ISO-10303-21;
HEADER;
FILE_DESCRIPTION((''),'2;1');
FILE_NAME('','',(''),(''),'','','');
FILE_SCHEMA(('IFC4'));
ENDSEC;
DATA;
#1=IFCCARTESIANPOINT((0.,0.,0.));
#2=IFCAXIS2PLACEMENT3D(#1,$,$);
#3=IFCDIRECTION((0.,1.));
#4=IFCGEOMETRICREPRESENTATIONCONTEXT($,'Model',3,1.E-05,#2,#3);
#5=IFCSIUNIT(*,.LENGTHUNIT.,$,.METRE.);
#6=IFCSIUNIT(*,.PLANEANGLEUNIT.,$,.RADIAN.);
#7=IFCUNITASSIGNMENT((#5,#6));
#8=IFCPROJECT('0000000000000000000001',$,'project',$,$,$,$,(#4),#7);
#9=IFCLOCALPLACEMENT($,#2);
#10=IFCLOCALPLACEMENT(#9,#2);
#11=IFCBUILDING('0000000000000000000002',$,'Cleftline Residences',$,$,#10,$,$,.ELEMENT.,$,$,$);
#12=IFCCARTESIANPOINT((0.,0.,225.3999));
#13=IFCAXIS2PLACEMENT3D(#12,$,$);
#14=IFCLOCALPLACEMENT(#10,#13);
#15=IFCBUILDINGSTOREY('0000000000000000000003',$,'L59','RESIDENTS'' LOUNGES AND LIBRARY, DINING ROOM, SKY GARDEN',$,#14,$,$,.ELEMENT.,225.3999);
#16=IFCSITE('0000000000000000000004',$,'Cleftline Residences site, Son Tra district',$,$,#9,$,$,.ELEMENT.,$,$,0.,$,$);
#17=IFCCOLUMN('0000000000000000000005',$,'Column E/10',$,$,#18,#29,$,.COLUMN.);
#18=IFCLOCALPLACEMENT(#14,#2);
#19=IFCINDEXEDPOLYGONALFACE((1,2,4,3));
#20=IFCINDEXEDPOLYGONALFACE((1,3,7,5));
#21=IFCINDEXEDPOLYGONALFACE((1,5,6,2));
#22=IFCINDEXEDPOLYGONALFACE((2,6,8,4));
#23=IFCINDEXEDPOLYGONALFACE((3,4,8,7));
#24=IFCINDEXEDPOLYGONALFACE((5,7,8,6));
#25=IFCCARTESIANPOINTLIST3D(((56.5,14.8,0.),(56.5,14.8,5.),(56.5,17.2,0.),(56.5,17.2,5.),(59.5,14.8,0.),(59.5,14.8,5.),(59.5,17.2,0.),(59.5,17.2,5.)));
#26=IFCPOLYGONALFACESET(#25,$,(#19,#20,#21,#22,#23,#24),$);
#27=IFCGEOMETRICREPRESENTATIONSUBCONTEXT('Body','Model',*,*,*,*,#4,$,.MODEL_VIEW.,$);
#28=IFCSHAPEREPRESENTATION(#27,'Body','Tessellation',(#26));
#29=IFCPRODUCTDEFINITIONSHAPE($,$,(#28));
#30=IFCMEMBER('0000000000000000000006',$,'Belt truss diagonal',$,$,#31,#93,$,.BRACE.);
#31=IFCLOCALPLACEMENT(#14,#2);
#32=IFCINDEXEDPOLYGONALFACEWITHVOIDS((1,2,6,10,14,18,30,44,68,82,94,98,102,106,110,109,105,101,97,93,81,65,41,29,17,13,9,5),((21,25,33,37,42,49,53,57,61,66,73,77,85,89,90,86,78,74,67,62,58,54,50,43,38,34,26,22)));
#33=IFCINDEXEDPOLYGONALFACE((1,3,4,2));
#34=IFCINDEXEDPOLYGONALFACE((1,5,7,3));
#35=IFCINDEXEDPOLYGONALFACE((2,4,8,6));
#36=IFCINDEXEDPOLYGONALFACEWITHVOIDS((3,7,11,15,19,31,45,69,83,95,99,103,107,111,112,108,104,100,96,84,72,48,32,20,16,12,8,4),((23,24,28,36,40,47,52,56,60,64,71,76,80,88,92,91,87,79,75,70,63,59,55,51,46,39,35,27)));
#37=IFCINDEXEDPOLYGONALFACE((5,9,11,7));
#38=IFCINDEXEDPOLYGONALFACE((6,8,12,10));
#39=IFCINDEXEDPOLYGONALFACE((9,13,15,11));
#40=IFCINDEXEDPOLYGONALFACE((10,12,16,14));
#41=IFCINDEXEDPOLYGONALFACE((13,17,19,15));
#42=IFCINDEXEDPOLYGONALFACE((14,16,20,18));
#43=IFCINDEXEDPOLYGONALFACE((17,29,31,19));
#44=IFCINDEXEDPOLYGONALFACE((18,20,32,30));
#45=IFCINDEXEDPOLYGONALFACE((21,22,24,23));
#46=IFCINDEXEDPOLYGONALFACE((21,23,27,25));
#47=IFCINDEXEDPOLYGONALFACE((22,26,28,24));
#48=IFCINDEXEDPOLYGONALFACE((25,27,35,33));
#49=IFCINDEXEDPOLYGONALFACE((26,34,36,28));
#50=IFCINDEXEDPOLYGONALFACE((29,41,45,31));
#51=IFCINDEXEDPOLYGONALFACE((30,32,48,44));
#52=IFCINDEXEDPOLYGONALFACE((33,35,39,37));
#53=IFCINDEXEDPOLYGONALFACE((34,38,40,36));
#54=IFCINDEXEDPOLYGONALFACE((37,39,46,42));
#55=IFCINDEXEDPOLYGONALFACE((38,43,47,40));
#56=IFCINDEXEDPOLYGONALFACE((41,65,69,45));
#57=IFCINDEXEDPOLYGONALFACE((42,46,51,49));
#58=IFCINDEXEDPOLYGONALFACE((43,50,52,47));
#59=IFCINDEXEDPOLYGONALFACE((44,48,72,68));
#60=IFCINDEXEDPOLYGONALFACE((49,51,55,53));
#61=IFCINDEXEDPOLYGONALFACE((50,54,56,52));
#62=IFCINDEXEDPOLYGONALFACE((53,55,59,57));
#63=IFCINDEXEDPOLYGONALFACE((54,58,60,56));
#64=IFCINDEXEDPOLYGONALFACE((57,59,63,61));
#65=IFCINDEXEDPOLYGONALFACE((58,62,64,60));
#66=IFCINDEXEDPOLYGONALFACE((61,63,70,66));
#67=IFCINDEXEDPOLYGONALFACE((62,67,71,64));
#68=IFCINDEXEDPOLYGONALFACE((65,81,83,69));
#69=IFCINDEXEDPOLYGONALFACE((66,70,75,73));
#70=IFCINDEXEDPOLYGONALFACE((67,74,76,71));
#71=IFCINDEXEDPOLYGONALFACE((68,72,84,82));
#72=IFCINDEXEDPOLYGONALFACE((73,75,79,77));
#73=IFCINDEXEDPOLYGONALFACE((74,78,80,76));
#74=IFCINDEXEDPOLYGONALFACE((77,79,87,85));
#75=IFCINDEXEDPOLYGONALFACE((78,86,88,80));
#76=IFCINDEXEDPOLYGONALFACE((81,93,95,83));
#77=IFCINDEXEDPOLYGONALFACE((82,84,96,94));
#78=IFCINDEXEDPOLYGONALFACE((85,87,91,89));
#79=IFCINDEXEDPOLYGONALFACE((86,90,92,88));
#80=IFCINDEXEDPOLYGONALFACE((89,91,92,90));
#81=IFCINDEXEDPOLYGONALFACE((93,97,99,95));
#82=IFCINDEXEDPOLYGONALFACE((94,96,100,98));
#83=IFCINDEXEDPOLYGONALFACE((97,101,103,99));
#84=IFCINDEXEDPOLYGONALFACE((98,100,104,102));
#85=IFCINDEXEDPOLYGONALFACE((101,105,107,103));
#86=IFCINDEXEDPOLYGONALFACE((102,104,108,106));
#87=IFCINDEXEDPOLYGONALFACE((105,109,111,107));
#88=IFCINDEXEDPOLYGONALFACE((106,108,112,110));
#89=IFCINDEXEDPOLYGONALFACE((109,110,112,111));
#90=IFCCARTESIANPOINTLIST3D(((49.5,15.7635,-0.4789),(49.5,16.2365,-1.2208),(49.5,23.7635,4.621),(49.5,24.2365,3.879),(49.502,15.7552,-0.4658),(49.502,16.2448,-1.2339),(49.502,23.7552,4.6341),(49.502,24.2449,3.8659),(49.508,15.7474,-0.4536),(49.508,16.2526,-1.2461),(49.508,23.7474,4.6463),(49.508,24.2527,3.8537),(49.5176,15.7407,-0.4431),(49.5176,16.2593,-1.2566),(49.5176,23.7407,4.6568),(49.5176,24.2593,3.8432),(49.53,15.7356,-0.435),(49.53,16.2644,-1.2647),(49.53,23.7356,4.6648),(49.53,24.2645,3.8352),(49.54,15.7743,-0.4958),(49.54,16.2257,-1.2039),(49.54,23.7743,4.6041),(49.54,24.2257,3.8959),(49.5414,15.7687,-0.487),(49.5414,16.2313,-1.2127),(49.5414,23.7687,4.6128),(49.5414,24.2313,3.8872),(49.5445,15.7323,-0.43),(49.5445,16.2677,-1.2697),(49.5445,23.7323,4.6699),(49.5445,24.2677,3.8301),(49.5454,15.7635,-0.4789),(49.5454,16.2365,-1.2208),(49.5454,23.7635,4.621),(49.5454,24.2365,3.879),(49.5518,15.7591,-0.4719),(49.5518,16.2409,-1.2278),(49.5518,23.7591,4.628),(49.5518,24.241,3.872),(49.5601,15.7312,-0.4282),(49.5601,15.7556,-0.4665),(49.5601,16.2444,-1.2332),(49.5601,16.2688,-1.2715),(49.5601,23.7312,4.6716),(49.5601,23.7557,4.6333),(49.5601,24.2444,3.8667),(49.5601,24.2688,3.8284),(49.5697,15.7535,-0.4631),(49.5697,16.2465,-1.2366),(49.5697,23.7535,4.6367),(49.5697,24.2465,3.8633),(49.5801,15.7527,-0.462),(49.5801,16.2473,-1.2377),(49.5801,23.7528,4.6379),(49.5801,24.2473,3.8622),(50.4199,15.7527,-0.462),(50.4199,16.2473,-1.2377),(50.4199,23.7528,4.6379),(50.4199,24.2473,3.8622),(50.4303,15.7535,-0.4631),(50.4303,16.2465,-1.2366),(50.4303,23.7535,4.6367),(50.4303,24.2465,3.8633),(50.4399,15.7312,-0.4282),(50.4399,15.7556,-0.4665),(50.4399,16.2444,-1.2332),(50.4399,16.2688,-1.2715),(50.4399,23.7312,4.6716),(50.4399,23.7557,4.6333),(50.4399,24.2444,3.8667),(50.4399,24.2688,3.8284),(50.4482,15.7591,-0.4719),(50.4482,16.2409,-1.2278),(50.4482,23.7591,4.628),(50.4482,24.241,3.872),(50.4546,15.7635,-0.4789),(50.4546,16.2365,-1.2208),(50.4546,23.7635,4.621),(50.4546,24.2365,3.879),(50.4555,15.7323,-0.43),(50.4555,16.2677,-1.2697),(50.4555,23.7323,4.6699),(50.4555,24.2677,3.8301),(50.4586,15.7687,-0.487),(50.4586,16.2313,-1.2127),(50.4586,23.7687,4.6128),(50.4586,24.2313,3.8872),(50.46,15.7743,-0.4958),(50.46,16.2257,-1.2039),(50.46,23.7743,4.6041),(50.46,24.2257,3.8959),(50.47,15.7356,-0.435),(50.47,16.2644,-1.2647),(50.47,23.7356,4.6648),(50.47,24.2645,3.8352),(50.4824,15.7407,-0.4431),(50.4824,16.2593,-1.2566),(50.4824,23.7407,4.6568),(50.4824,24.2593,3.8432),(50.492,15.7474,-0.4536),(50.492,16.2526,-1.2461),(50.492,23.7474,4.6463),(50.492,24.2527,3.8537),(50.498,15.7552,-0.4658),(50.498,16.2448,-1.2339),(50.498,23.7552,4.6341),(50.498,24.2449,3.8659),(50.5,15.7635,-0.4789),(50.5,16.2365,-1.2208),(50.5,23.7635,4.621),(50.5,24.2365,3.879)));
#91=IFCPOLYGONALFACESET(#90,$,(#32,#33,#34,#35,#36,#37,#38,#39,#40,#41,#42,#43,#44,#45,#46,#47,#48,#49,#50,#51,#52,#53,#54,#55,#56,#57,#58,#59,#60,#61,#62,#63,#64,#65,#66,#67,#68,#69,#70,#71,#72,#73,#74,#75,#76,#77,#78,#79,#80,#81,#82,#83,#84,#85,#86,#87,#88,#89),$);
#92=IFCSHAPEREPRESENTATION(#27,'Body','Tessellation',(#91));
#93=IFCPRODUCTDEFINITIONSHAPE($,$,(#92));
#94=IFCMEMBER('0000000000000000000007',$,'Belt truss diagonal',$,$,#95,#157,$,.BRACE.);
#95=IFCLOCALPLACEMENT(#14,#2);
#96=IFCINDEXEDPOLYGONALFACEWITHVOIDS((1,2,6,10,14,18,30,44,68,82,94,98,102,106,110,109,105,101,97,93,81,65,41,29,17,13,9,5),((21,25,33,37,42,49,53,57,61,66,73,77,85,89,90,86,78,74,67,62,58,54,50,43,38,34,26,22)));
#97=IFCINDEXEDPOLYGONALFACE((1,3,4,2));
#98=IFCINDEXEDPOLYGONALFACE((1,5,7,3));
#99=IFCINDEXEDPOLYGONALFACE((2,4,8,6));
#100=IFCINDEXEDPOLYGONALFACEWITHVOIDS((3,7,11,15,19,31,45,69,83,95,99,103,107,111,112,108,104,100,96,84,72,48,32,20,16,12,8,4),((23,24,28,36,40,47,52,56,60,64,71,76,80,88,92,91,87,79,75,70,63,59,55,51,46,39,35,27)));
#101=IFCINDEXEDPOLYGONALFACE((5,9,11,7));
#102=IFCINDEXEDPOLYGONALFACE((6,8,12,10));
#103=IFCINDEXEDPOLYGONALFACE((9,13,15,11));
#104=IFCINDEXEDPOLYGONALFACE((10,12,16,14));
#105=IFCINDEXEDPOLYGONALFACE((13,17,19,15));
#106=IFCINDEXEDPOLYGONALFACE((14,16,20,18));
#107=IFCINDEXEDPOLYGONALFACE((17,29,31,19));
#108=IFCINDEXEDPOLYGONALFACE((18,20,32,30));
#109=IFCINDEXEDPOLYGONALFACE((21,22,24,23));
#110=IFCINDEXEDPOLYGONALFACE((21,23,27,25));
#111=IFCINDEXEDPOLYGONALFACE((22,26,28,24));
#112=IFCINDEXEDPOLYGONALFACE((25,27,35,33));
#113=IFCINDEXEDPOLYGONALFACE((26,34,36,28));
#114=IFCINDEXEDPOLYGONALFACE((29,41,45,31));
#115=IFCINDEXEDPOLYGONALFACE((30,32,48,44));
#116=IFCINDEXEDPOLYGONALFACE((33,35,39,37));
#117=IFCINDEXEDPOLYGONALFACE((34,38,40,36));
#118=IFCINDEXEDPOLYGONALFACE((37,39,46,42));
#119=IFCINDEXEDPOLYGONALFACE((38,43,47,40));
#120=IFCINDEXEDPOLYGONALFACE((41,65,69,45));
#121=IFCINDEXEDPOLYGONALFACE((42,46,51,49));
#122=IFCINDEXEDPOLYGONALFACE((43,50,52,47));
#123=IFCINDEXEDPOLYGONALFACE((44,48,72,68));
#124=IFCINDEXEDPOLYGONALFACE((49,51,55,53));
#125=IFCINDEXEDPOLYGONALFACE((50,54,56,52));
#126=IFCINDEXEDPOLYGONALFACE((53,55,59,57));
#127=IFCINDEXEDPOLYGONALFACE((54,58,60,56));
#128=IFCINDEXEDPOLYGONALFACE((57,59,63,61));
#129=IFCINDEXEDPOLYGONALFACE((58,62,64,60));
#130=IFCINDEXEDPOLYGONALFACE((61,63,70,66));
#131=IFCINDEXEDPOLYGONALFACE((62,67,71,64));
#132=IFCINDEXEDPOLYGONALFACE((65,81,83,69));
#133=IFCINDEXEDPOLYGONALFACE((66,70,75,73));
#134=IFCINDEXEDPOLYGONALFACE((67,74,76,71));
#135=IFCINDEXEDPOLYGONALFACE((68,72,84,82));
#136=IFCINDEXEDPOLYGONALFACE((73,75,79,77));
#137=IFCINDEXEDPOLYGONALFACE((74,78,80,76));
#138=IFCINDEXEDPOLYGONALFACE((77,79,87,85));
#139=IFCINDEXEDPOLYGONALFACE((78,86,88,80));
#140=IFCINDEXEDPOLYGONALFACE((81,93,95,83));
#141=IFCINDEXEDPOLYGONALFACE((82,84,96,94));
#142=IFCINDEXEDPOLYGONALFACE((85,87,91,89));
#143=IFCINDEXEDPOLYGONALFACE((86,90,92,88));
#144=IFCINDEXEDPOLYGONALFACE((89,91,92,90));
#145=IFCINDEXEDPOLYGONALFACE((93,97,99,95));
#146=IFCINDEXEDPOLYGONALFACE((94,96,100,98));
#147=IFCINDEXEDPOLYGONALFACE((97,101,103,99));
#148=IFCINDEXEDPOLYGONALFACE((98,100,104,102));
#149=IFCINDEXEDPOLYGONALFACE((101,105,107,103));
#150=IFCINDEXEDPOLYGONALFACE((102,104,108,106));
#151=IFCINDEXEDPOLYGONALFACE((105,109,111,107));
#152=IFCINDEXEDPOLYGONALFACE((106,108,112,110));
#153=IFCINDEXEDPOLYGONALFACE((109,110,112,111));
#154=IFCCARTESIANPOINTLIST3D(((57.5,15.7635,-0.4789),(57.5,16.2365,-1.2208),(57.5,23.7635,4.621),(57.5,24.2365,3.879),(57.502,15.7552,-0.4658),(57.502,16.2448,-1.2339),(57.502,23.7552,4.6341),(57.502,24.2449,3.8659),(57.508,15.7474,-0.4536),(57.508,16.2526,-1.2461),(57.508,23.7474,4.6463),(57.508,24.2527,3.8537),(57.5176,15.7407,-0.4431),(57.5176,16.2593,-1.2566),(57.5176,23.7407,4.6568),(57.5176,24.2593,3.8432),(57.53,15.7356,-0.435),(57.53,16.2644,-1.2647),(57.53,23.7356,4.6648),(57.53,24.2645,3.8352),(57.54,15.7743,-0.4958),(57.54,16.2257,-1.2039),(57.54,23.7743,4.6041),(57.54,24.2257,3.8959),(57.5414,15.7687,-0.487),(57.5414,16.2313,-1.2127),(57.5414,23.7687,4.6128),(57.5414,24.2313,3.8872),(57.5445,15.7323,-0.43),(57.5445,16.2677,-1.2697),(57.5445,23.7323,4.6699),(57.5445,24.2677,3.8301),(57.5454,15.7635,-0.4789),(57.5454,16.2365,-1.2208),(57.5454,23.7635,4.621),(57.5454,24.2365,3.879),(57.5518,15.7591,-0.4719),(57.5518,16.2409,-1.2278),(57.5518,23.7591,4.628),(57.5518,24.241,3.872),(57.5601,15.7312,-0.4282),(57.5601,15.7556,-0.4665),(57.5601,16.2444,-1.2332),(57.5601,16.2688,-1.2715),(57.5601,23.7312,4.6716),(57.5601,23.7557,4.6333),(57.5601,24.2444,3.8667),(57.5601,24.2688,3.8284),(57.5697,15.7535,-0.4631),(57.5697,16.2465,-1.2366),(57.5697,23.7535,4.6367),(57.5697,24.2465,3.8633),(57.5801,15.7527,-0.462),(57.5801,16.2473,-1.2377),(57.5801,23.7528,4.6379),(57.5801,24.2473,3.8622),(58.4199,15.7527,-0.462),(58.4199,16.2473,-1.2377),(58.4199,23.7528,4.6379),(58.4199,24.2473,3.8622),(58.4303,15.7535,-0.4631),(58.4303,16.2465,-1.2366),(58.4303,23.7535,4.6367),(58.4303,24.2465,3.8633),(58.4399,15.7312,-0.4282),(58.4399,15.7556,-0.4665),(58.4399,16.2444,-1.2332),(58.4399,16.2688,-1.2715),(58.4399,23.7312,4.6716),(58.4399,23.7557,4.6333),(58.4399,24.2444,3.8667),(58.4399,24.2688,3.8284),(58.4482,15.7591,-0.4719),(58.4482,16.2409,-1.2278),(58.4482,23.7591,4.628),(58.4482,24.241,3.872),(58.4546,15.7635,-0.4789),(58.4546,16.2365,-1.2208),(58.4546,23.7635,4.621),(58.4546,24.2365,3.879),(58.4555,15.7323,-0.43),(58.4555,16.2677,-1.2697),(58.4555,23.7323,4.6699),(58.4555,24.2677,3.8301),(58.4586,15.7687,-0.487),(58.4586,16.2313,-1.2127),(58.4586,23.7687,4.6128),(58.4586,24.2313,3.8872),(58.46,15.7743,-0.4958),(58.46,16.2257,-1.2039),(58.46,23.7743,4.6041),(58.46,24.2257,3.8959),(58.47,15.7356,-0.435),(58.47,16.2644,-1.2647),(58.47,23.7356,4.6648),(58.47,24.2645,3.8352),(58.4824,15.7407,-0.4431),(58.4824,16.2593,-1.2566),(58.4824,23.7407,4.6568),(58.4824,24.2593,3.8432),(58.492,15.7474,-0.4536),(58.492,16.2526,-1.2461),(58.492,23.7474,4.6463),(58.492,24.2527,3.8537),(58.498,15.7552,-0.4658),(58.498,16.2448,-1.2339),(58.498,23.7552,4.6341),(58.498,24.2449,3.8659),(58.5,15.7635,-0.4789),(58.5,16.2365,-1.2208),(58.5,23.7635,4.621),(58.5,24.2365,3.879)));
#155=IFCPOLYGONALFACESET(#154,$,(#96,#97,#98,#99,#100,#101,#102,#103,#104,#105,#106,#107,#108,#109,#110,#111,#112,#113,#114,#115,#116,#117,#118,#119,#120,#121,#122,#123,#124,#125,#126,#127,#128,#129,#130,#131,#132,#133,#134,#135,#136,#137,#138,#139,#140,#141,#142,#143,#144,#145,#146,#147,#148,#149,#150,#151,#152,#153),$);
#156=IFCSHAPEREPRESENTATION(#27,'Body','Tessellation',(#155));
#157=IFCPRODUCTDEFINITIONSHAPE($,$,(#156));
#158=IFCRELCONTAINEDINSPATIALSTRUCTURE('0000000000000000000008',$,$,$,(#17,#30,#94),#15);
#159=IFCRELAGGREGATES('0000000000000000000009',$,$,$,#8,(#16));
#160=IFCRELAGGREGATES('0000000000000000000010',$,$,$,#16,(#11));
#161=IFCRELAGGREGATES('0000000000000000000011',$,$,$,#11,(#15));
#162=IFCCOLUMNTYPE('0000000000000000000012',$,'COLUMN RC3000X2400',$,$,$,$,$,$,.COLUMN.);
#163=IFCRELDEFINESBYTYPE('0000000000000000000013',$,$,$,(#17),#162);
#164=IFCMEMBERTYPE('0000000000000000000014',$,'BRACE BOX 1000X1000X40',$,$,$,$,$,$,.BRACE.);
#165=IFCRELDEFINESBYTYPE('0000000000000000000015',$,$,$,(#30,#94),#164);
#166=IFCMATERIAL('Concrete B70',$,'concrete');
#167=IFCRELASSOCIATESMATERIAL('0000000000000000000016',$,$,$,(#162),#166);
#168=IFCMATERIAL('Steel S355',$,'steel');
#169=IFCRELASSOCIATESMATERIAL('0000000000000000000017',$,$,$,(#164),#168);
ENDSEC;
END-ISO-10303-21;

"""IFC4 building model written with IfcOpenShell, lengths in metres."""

from ifc_helpers import new_model, si_unit, direction, frame, origin, origin_2d, place, context, subcontext, project, spatial, rectangle, hollow_rectangle, extrude, material, material_profile, profile_set, type_object, element, save


model = new_model("IFC4")

# Units and contexts
model_context = context("Model", 3, precision=1e-05, world=origin(), true_north=direction((0.0, 1.0)))
body_context = subcontext(model_context, "Body", "Model", "MODEL_VIEW")
ifc_project = project(units=[si_unit("LENGTHUNIT", "METRE"), si_unit("PLANEANGLEUNIT", "RADIAN")], contexts=[model_context])

# Site, building, storey
site_placement = place(None, origin())
site = spatial("IfcSite", under=ifc_project, at=site_placement, Name="Cleftline Residences site, Son Tra district", CompositionType="ELEMENT", RefElevation=0.0)
building_placement = place(site_placement, origin())
building = spatial("IfcBuilding", under=site, at=building_placement, Name="Cleftline Residences", CompositionType="ELEMENT")
storey_placement = place(building_placement, frame((0.0, 0.0, 225.3999)))
storey = spatial("IfcBuildingStorey", under=building, at=storey_placement, Name="L59", Description="RESIDENTS' LOUNGES AND LIBRARY, DINING ROOM, SKY GARDEN", CompositionType="ELEMENT", Elevation=225.3999)

# Column
ifc_material_1 = material(Name="Concrete B70", Category="concrete")
ifc_material_profile_1 = material_profile(ifc_material_1, rectangle(XDim=3.0, YDim=2.3999, at=origin_2d()))
ifc_profile_set_1 = profile_set([ifc_material_profile_1], Name="Concrete B70")
column_type = type_object("IfcColumnType", Name="COLUMN RC3000X2400", PredefinedType="COLUMN", material=ifc_profile_set_1)
column_placement = place(storey_placement, frame((58.0, 16.0, 0.0), z_axis=(0.0, 0.0, 1.0), x_axis=(1.0, 0.0, 0.0)))
element("IfcColumn", 1, at=column_placement, inside=storey, type_object=column_type, Name="Column E/10", PredefinedType="COLUMN", context=body_context, shape_type="SweptSolid", body=[
    extrude(rectangle(XDim=3.0, YDim=2.3999, at=origin_2d()), origin(), (0.0, 0.0, 1.0), 5.0),
])

# Members
ifc_material_2 = material(Name="Steel S355", Category="steel")
ifc_material_profile_2 = material_profile(ifc_material_2, hollow_rectangle(XDim=1.0, YDim=1.0, WallThickness=0.04, InnerFilletRadius=0.04, OuterFilletRadius=0.0601, at=origin_2d()))
ifc_profile_set_2 = profile_set([ifc_material_profile_2], Name="Steel S355")
member_type_1 = type_object("IfcMemberType", Name="BRACE BOX 1000X1000X40", PredefinedType="BRACE", material=ifc_profile_set_2)
for number, where, z_axis, x_axis, name in (
    (2, (50.0, 16.0, -0.8499), (0.0, 0.843234, 0.537546), (0.0, -0.537546, 0.843234), "Belt truss diagonal"),
    (3, (58.0, 16.0, -0.8499), (0.0, 0.843234, 0.537546), (0.0, -0.537546, 0.843234), "Belt truss diagonal"),
):
    element("IfcMember", number, at=place(storey_placement, frame(where, z_axis=z_axis, x_axis=x_axis)), inside=storey, type_object=member_type_1, Name=name, PredefinedType="BRACE", context=body_context, shape_type="SweptSolid", body=[
        extrude(hollow_rectangle(XDim=1.0, YDim=1.0, WallThickness=0.04, InnerFilletRadius=0.04, OuterFilletRadius=0.0601, at=origin_2d()), origin(), (0.0, 0.0, 1.0), 9.4873),
    ])

save(model, "model.ifc")
